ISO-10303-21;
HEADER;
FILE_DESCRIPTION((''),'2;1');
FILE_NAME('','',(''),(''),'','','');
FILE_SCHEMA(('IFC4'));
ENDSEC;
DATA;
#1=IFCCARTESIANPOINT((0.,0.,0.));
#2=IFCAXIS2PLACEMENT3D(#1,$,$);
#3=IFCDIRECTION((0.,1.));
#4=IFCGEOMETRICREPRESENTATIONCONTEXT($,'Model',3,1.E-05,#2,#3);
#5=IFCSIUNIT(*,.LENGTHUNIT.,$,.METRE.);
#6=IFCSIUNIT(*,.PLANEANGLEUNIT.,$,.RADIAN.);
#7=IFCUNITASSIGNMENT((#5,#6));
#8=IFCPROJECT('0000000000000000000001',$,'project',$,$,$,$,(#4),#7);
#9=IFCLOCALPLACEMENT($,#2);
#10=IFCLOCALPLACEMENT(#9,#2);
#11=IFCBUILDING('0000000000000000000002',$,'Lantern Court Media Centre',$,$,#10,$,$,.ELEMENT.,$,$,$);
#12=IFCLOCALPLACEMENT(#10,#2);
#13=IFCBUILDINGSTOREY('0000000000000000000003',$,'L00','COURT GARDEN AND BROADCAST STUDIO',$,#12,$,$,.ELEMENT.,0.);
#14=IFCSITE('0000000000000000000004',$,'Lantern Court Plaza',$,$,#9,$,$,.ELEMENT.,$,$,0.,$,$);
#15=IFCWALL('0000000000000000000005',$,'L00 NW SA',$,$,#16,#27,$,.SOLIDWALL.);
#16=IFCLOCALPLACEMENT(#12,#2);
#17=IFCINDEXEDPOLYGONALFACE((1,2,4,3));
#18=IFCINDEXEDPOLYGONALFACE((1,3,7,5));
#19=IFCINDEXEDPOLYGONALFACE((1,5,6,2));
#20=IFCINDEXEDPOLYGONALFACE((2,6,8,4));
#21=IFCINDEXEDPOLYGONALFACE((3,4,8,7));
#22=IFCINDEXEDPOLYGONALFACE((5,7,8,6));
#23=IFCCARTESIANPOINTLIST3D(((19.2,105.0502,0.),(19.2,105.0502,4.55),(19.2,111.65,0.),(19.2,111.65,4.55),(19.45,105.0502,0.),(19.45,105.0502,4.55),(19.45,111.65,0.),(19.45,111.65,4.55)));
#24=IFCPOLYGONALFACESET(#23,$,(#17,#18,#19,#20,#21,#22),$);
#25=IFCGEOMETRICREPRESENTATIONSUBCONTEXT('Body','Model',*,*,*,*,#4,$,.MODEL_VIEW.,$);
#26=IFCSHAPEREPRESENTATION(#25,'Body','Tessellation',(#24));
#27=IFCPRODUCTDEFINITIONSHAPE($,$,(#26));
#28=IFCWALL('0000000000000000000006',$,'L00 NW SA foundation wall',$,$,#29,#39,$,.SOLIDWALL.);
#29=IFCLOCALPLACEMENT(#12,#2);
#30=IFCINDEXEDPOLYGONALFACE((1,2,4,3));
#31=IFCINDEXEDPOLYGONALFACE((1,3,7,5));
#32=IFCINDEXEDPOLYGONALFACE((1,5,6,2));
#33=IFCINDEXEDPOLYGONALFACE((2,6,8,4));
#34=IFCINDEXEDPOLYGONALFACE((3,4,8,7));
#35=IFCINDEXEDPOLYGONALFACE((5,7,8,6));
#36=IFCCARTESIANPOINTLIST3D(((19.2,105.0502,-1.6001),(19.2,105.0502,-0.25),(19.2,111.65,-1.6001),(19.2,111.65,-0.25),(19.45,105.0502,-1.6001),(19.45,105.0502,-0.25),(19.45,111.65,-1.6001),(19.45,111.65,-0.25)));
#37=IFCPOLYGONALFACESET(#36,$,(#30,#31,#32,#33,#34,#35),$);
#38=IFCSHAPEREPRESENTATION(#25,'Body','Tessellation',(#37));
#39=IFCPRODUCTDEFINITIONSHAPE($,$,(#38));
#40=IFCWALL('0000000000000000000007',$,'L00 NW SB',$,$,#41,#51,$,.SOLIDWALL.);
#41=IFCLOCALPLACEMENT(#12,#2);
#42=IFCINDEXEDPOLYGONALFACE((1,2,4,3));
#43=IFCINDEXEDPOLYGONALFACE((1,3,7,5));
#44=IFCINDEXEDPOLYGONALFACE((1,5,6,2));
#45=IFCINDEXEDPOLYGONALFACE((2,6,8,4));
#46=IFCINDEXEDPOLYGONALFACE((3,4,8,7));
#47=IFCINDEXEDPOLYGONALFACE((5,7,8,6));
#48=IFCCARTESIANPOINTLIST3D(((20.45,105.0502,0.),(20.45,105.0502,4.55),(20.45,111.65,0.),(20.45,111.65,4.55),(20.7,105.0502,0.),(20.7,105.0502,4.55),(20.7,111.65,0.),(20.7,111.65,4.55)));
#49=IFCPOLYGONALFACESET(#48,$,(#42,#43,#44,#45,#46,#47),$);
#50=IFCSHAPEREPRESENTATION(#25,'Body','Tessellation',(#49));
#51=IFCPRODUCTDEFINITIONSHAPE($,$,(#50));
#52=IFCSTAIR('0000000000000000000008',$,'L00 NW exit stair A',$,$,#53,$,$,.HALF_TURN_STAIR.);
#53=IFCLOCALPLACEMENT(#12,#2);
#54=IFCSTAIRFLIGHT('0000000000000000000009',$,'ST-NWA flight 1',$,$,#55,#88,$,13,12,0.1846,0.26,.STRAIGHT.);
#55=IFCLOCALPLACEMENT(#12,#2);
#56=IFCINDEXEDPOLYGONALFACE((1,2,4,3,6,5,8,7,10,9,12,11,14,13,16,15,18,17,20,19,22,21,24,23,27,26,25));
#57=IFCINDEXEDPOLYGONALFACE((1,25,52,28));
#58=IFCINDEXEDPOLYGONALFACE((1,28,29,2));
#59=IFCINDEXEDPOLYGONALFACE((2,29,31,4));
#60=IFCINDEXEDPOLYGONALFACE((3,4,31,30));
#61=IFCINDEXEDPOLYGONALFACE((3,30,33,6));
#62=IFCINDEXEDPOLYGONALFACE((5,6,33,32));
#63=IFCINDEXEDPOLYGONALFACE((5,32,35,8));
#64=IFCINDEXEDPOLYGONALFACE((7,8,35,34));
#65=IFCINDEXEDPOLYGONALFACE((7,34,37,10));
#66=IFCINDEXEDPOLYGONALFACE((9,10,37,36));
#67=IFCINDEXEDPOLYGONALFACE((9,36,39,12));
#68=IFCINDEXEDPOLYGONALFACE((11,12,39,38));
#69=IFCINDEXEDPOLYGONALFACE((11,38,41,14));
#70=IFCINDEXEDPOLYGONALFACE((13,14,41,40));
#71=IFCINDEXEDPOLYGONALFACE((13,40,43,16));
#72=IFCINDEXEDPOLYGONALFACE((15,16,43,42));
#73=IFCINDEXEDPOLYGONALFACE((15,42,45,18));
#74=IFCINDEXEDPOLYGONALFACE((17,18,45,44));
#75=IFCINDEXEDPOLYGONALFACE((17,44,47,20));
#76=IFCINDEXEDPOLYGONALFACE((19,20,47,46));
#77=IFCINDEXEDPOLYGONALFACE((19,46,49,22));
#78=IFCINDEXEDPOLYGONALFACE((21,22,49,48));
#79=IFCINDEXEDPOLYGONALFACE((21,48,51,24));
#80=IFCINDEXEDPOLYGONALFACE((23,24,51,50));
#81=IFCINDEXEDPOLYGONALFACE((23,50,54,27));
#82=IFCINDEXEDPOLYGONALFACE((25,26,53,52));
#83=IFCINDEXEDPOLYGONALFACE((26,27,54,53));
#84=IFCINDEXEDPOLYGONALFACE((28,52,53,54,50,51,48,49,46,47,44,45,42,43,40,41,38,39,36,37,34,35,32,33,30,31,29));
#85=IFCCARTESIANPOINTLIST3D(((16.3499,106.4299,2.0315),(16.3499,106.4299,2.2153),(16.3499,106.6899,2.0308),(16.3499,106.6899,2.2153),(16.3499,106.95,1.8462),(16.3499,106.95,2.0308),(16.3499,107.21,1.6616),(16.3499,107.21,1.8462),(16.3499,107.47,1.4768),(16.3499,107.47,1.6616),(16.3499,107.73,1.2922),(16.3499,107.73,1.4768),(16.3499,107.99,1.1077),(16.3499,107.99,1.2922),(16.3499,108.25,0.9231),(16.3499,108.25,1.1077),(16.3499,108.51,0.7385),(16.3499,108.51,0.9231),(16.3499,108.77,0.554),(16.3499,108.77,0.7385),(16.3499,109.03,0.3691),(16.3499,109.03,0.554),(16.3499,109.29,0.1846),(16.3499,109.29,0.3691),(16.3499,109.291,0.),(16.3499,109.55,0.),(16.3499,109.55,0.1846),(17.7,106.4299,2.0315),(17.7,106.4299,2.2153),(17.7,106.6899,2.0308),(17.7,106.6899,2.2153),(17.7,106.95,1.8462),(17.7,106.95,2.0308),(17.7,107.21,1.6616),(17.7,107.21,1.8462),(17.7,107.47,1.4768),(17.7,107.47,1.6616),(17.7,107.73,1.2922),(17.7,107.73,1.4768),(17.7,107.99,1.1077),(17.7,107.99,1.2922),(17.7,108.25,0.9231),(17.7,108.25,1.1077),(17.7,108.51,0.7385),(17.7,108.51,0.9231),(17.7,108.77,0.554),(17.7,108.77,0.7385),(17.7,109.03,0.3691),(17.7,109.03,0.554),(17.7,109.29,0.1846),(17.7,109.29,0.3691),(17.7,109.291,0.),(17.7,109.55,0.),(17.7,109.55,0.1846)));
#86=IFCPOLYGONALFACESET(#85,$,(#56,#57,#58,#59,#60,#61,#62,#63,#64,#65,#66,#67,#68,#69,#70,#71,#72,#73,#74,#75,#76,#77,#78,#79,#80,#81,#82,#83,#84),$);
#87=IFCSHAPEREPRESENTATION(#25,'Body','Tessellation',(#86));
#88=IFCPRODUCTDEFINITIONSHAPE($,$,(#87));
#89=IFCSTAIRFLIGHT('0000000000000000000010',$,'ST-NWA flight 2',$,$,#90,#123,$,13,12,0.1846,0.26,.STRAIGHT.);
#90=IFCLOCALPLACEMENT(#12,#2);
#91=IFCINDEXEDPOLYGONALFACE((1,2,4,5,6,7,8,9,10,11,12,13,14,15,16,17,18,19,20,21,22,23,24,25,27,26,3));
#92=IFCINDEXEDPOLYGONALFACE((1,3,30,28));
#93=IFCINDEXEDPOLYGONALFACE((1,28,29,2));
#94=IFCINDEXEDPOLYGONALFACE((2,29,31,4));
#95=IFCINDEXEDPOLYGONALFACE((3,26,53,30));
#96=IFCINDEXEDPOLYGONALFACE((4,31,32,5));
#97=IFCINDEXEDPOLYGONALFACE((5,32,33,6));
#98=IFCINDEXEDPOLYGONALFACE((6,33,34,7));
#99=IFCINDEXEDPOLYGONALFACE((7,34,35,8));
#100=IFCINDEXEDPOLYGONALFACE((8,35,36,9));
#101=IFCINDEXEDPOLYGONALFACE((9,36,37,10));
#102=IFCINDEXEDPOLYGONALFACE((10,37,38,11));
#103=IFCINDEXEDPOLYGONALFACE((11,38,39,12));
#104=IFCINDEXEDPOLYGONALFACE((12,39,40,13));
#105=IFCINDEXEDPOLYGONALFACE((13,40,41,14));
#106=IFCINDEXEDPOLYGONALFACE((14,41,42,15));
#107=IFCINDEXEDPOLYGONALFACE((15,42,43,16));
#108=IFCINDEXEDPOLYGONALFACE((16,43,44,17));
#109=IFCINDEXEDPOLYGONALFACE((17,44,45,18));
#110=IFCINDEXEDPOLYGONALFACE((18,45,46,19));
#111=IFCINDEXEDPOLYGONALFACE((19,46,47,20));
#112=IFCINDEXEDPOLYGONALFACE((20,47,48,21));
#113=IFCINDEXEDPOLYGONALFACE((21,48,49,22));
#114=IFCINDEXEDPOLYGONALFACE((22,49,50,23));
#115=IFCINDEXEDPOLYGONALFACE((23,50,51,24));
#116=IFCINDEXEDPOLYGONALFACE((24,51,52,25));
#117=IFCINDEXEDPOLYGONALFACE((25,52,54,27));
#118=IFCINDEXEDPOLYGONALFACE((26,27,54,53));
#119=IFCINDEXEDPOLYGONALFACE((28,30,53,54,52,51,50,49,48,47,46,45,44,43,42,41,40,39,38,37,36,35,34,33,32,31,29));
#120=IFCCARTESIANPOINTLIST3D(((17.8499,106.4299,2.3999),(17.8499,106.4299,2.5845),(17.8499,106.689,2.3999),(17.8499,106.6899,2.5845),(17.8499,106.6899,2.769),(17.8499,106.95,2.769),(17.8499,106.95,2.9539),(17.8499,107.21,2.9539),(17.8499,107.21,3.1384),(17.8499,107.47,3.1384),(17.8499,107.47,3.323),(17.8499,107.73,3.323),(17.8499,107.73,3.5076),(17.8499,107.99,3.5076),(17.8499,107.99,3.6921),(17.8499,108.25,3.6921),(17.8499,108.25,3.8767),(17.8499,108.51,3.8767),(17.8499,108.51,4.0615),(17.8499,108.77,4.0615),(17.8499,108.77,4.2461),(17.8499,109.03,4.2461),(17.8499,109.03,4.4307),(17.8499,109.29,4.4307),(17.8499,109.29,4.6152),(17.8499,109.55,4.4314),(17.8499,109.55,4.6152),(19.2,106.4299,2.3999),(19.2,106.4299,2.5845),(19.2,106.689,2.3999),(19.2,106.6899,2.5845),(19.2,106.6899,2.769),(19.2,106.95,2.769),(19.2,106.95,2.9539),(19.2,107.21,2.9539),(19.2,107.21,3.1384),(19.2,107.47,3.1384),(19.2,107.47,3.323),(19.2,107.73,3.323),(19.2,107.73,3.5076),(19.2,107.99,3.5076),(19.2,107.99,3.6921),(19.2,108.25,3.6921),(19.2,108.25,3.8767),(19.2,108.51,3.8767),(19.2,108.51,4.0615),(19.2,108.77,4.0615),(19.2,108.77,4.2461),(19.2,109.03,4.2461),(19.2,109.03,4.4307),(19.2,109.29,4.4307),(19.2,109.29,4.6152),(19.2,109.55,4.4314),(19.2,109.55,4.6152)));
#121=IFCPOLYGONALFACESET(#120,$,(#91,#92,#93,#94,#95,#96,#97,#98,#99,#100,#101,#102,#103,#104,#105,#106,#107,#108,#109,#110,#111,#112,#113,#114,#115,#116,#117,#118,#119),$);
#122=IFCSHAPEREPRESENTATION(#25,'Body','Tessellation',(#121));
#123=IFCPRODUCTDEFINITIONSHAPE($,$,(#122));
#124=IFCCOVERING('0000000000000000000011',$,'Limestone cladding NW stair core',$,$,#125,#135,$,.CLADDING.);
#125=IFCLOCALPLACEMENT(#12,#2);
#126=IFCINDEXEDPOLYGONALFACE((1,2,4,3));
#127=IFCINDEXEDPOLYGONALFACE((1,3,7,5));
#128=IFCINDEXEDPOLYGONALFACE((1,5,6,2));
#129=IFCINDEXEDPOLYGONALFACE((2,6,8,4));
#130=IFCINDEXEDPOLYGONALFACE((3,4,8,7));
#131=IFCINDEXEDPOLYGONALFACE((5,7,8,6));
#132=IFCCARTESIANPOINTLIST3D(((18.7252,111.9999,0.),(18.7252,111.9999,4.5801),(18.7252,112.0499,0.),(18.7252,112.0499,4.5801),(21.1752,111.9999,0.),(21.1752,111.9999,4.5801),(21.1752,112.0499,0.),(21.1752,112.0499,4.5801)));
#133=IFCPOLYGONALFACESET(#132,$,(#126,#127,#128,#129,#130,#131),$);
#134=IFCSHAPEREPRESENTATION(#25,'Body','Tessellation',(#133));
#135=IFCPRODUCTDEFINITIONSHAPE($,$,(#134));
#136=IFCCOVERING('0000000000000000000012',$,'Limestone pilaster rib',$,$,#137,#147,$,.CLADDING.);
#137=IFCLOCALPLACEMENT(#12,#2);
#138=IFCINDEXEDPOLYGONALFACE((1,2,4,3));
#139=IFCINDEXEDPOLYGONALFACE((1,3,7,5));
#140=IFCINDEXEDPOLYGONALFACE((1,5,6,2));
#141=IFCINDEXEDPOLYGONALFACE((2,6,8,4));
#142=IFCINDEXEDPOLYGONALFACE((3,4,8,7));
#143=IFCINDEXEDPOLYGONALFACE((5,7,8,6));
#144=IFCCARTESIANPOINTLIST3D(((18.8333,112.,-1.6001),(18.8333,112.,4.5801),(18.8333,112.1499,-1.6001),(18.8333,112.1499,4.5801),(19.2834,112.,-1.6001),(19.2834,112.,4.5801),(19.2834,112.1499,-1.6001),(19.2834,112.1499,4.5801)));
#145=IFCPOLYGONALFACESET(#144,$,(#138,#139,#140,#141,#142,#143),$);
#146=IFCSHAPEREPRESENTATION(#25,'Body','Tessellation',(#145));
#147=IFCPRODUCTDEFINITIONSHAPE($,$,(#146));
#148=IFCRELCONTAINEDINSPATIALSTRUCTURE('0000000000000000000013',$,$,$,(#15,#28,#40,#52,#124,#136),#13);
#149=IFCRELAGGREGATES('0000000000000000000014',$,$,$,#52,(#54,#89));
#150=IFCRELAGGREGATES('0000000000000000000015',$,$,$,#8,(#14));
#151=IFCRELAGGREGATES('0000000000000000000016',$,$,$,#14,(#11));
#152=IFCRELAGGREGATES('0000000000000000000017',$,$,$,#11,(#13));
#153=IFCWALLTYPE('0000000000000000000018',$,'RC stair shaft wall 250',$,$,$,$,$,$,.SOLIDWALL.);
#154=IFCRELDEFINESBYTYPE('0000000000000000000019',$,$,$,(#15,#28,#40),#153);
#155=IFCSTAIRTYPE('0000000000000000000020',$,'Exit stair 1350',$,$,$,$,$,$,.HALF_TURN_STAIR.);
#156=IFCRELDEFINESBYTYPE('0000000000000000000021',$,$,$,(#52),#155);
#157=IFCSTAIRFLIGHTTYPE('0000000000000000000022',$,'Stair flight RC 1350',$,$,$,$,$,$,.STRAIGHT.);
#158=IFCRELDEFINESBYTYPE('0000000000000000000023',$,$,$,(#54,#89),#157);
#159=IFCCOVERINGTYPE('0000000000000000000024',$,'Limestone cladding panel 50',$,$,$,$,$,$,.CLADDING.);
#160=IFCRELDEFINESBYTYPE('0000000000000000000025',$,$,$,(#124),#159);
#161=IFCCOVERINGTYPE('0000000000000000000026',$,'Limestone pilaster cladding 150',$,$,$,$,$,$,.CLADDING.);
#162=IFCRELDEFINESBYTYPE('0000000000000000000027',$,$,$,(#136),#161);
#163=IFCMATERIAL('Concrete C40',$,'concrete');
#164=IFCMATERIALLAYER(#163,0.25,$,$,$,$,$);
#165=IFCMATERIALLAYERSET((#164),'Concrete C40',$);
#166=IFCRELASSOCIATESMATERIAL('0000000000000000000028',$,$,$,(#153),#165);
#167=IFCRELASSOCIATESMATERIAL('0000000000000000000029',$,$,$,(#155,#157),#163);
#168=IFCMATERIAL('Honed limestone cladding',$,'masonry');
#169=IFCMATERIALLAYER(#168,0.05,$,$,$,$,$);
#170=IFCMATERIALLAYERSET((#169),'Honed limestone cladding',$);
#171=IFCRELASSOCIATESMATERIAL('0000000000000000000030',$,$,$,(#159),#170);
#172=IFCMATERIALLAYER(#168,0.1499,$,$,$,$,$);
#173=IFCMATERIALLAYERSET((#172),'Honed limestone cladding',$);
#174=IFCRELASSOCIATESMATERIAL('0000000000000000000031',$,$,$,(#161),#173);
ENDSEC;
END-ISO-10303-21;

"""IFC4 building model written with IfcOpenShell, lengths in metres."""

from ifc_helpers import new_model, si_unit, direction, frame, frame_2d, origin, place, context, subcontext, project, spatial, polyline, rectangle, outline, extrude, material, layer, layer_set, type_object, element, aggregate, save


model = new_model("IFC4")

# Units and contexts
model_context = context("Model", 3, precision=1e-05, world=origin(), true_north=direction((0.0, 1.0)))
body_context = subcontext(model_context, "Body", "Model", "MODEL_VIEW")
ifc_project = project(units=[si_unit("LENGTHUNIT", "METRE"), si_unit("PLANEANGLEUNIT", "RADIAN")], contexts=[model_context])

# Site, building, storey
site_placement = place(None, origin())
site = spatial("IfcSite", under=ifc_project, at=site_placement, Name="Lantern Court Plaza", CompositionType="ELEMENT", RefElevation=0.0)
building_placement = place(site_placement, origin())
building = spatial("IfcBuilding", under=site, at=building_placement, Name="Lantern Court Media Centre", CompositionType="ELEMENT")
storey_placement = place(building_placement, origin())
storey = spatial("IfcBuildingStorey", under=building, at=storey_placement, Name="L00", Description="COURT GARDEN AND BROADCAST STUDIO", CompositionType="ELEMENT", Elevation=0.0)

# Walls
ifc_material_1 = material(Name="Concrete C40", Category="concrete")
ifc_layer_1 = layer(ifc_material_1, 0.25)
ifc_layer_set_1 = layer_set([ifc_layer_1], Name="Concrete C40")
wall_type = type_object("IfcWallType", Name="RC stair shaft wall 250", PredefinedType="SOLIDWALL", material=ifc_layer_set_1)
wall_1_placement = place(storey_placement, frame((19.325, 111.6499, 0.0), z_axis=(0.0, 0.0, 1.0), x_axis=(0.0, -1.0, 0.0)))
element("IfcWall", 1, at=wall_1_placement, inside=storey, type_object=wall_type, Name="L00 NW SA", PredefinedType="SOLIDWALL", context=body_context, shape_type="SweptSolid", body=[
    extrude(rectangle(XDim=6.5999, YDim=0.25, at=frame_2d((3.2998, 0.0))), origin(), (0.0, 0.0, 1.0), 4.55),
])
wall_2_placement = place(storey_placement, frame((19.325, 111.6499, -1.6001), z_axis=(0.0, 0.0, 1.0), x_axis=(0.0, -1.0, 0.0)))
element("IfcWall", 2, at=wall_2_placement, inside=storey, type_object=wall_type, Name="L00 NW SA foundation wall", PredefinedType="SOLIDWALL", context=body_context, shape_type="SweptSolid", body=[
    extrude(rectangle(XDim=6.5999, YDim=0.25, at=frame_2d((3.2998, 0.0))), origin(), (0.0, 0.0, 1.0), 1.3501),
])
wall_3_placement = place(storey_placement, frame((20.575, 111.6499, 0.0), z_axis=(0.0, 0.0, 1.0), x_axis=(0.0, -1.0, 0.0)))
element("IfcWall", 3, at=wall_3_placement, inside=storey, type_object=wall_type, Name="L00 NW SB", PredefinedType="SOLIDWALL", context=body_context, shape_type="SweptSolid", body=[
    extrude(rectangle(XDim=6.5999, YDim=0.25, at=frame_2d((3.2998, 0.0))), origin(), (0.0, 0.0, 1.0), 4.55),
])

# Stair, stair flights
stair_type = type_object("IfcStairType", Name="Exit stair 1350", PredefinedType="HALF_TURN_STAIR", material=ifc_material_1)
stair_placement = place(storey_placement, origin())
stair = element("IfcStair", 4, at=stair_placement, inside=storey, type_object=stair_type, Name="L00 NW exit stair A", PredefinedType="HALF_TURN_STAIR")
stair_flight_type = type_object("IfcStairFlightType", Name="Stair flight RC 1350", PredefinedType="STRAIGHT", material=ifc_material_1)
stair_flight_1_placement = place(storey_placement, frame((17.0249, 109.55, 0.0), z_axis=(0.0, 0.0, 1.0), x_axis=(0.0, -1.0, 0.0)))
stair_flight_1 = element("IfcStairFlight", 5, at=stair_flight_1_placement, type_object=stair_flight_type, Name="ST-NWA flight 1", NumberOfRisers=13, NumberOfTreads=12, PredefinedType="STRAIGHT", RiserHeight=0.1846, TreadLength=0.26, context=body_context, shape_type="SweptSolid", body=[
    extrude(outline(polyline([(0.0, 0.0), (0.0, 0.1846), (0.26, 0.1846), (0.26, 0.3691), (0.52, 0.3691), (0.52, 0.554), (0.78, 0.554), (0.78, 0.7385), (1.04, 0.7385), (1.04, 0.9231), (1.3, 0.9231), (1.3, 1.1077), (1.5601, 1.1077), (1.5601, 1.2922), (1.8201, 1.2922), (1.8201, 1.4768), (2.0801, 1.4768), (2.0801, 1.6616), (2.3401, 1.6616), (2.3401, 1.8462), (2.6001, 1.8462), (2.6001, 2.0308), (2.8601, 2.0308), (2.8601, 2.2153), (3.1201, 2.2153), (3.1201, 2.3999), (3.1201, 2.0315), (0.259, 0.0), (0.0, 0.0)])), frame((0.0, 0.675, 0.0), z_axis=(0.0, -1.0, 0.0), x_axis=(1.0, 0.0, 0.0)), (0.0, 0.0, 1.0), 1.3501),
])
stair_flight_2_placement = place(storey_placement, frame((18.5249, 106.4299, 2.3999), z_axis=(0.0, 0.0, 1.0), x_axis=(0.0, 1.0, 0.0)))
stair_flight_2 = element("IfcStairFlight", 6, at=stair_flight_2_placement, type_object=stair_flight_type, Name="ST-NWA flight 2", NumberOfRisers=13, NumberOfTreads=12, PredefinedType="STRAIGHT", RiserHeight=0.1846, TreadLength=0.26, context=body_context, shape_type="SweptSolid", body=[
    extrude(outline(polyline([(0.0, 0.0), (0.0, 0.1846), (0.26, 0.1846), (0.26, 0.3691), (0.52, 0.3691), (0.52, 0.554), (0.78, 0.554), (0.78, 0.7385), (1.04, 0.7385), (1.04, 0.9231), (1.3, 0.9231), (1.3, 1.1077), (1.5601, 1.1077), (1.5601, 1.2922), (1.8201, 1.2922), (1.8201, 1.4768), (2.0801, 1.4768), (2.0801, 1.6616), (2.3401, 1.6616), (2.3401, 1.8462), (2.6001, 1.8462), (2.6001, 2.0308), (2.8601, 2.0308), (2.8601, 2.2153), (3.1201, 2.2153), (3.1201, 2.3999), (3.1201, 2.0315), (0.259, 0.0), (0.0, 0.0)])), frame((0.0, 0.675, 0.0), z_axis=(0.0, -1.0, 0.0), x_axis=(1.0, 0.0, 0.0)), (0.0, 0.0, 1.0), 1.3501),
])
aggregate(stair, [stair_flight_1, stair_flight_2])

# Coverings
ifc_material_2 = material(Name="Honed limestone cladding", Category="masonry")
ifc_layer_2 = layer(ifc_material_2, 0.05)
ifc_layer_set_2 = layer_set([ifc_layer_2], Name="Honed limestone cladding")
covering_type_1 = type_object("IfcCoveringType", Name="Limestone cladding panel 50", PredefinedType="CLADDING", material=ifc_layer_set_2)
covering_1_placement = place(storey_placement, frame((18.7251, 112.0249, 0.0), z_axis=(0.0, 0.0, 1.0), x_axis=(1.0, 0.0, 0.0)))
element("IfcCovering", 7, at=covering_1_placement, inside=storey, type_object=covering_type_1, Name="Limestone cladding NW stair core", PredefinedType="CLADDING", context=body_context, shape_type="SweptSolid", body=[
    extrude(rectangle(XDim=2.45, YDim=0.05, at=frame_2d((1.2251, 0.0))), origin(), (0.0, 0.0, 1.0), 4.5801),
])
ifc_layer_3 = layer(ifc_material_2, 0.1499)
ifc_layer_set_3 = layer_set([ifc_layer_3], Name="Honed limestone cladding")
covering_type_2 = type_object("IfcCoveringType", Name="Limestone pilaster cladding 150", PredefinedType="CLADDING", material=ifc_layer_set_3)
covering_2_placement = place(storey_placement, frame((18.8333, 112.075, -1.6001), z_axis=(0.0, 0.0, 1.0), x_axis=(1.0, 0.0, 0.0)))
element("IfcCovering", 8, at=covering_2_placement, inside=storey, type_object=covering_type_2, Name="Limestone pilaster rib", PredefinedType="CLADDING", context=body_context, shape_type="SweptSolid", body=[
    extrude(rectangle(XDim=0.4502, YDim=0.1499, at=frame_2d((0.2251, 0.0))), origin(), (0.0, 0.0, 1.0), 6.1802),
])

save(model, "model.ifc")
